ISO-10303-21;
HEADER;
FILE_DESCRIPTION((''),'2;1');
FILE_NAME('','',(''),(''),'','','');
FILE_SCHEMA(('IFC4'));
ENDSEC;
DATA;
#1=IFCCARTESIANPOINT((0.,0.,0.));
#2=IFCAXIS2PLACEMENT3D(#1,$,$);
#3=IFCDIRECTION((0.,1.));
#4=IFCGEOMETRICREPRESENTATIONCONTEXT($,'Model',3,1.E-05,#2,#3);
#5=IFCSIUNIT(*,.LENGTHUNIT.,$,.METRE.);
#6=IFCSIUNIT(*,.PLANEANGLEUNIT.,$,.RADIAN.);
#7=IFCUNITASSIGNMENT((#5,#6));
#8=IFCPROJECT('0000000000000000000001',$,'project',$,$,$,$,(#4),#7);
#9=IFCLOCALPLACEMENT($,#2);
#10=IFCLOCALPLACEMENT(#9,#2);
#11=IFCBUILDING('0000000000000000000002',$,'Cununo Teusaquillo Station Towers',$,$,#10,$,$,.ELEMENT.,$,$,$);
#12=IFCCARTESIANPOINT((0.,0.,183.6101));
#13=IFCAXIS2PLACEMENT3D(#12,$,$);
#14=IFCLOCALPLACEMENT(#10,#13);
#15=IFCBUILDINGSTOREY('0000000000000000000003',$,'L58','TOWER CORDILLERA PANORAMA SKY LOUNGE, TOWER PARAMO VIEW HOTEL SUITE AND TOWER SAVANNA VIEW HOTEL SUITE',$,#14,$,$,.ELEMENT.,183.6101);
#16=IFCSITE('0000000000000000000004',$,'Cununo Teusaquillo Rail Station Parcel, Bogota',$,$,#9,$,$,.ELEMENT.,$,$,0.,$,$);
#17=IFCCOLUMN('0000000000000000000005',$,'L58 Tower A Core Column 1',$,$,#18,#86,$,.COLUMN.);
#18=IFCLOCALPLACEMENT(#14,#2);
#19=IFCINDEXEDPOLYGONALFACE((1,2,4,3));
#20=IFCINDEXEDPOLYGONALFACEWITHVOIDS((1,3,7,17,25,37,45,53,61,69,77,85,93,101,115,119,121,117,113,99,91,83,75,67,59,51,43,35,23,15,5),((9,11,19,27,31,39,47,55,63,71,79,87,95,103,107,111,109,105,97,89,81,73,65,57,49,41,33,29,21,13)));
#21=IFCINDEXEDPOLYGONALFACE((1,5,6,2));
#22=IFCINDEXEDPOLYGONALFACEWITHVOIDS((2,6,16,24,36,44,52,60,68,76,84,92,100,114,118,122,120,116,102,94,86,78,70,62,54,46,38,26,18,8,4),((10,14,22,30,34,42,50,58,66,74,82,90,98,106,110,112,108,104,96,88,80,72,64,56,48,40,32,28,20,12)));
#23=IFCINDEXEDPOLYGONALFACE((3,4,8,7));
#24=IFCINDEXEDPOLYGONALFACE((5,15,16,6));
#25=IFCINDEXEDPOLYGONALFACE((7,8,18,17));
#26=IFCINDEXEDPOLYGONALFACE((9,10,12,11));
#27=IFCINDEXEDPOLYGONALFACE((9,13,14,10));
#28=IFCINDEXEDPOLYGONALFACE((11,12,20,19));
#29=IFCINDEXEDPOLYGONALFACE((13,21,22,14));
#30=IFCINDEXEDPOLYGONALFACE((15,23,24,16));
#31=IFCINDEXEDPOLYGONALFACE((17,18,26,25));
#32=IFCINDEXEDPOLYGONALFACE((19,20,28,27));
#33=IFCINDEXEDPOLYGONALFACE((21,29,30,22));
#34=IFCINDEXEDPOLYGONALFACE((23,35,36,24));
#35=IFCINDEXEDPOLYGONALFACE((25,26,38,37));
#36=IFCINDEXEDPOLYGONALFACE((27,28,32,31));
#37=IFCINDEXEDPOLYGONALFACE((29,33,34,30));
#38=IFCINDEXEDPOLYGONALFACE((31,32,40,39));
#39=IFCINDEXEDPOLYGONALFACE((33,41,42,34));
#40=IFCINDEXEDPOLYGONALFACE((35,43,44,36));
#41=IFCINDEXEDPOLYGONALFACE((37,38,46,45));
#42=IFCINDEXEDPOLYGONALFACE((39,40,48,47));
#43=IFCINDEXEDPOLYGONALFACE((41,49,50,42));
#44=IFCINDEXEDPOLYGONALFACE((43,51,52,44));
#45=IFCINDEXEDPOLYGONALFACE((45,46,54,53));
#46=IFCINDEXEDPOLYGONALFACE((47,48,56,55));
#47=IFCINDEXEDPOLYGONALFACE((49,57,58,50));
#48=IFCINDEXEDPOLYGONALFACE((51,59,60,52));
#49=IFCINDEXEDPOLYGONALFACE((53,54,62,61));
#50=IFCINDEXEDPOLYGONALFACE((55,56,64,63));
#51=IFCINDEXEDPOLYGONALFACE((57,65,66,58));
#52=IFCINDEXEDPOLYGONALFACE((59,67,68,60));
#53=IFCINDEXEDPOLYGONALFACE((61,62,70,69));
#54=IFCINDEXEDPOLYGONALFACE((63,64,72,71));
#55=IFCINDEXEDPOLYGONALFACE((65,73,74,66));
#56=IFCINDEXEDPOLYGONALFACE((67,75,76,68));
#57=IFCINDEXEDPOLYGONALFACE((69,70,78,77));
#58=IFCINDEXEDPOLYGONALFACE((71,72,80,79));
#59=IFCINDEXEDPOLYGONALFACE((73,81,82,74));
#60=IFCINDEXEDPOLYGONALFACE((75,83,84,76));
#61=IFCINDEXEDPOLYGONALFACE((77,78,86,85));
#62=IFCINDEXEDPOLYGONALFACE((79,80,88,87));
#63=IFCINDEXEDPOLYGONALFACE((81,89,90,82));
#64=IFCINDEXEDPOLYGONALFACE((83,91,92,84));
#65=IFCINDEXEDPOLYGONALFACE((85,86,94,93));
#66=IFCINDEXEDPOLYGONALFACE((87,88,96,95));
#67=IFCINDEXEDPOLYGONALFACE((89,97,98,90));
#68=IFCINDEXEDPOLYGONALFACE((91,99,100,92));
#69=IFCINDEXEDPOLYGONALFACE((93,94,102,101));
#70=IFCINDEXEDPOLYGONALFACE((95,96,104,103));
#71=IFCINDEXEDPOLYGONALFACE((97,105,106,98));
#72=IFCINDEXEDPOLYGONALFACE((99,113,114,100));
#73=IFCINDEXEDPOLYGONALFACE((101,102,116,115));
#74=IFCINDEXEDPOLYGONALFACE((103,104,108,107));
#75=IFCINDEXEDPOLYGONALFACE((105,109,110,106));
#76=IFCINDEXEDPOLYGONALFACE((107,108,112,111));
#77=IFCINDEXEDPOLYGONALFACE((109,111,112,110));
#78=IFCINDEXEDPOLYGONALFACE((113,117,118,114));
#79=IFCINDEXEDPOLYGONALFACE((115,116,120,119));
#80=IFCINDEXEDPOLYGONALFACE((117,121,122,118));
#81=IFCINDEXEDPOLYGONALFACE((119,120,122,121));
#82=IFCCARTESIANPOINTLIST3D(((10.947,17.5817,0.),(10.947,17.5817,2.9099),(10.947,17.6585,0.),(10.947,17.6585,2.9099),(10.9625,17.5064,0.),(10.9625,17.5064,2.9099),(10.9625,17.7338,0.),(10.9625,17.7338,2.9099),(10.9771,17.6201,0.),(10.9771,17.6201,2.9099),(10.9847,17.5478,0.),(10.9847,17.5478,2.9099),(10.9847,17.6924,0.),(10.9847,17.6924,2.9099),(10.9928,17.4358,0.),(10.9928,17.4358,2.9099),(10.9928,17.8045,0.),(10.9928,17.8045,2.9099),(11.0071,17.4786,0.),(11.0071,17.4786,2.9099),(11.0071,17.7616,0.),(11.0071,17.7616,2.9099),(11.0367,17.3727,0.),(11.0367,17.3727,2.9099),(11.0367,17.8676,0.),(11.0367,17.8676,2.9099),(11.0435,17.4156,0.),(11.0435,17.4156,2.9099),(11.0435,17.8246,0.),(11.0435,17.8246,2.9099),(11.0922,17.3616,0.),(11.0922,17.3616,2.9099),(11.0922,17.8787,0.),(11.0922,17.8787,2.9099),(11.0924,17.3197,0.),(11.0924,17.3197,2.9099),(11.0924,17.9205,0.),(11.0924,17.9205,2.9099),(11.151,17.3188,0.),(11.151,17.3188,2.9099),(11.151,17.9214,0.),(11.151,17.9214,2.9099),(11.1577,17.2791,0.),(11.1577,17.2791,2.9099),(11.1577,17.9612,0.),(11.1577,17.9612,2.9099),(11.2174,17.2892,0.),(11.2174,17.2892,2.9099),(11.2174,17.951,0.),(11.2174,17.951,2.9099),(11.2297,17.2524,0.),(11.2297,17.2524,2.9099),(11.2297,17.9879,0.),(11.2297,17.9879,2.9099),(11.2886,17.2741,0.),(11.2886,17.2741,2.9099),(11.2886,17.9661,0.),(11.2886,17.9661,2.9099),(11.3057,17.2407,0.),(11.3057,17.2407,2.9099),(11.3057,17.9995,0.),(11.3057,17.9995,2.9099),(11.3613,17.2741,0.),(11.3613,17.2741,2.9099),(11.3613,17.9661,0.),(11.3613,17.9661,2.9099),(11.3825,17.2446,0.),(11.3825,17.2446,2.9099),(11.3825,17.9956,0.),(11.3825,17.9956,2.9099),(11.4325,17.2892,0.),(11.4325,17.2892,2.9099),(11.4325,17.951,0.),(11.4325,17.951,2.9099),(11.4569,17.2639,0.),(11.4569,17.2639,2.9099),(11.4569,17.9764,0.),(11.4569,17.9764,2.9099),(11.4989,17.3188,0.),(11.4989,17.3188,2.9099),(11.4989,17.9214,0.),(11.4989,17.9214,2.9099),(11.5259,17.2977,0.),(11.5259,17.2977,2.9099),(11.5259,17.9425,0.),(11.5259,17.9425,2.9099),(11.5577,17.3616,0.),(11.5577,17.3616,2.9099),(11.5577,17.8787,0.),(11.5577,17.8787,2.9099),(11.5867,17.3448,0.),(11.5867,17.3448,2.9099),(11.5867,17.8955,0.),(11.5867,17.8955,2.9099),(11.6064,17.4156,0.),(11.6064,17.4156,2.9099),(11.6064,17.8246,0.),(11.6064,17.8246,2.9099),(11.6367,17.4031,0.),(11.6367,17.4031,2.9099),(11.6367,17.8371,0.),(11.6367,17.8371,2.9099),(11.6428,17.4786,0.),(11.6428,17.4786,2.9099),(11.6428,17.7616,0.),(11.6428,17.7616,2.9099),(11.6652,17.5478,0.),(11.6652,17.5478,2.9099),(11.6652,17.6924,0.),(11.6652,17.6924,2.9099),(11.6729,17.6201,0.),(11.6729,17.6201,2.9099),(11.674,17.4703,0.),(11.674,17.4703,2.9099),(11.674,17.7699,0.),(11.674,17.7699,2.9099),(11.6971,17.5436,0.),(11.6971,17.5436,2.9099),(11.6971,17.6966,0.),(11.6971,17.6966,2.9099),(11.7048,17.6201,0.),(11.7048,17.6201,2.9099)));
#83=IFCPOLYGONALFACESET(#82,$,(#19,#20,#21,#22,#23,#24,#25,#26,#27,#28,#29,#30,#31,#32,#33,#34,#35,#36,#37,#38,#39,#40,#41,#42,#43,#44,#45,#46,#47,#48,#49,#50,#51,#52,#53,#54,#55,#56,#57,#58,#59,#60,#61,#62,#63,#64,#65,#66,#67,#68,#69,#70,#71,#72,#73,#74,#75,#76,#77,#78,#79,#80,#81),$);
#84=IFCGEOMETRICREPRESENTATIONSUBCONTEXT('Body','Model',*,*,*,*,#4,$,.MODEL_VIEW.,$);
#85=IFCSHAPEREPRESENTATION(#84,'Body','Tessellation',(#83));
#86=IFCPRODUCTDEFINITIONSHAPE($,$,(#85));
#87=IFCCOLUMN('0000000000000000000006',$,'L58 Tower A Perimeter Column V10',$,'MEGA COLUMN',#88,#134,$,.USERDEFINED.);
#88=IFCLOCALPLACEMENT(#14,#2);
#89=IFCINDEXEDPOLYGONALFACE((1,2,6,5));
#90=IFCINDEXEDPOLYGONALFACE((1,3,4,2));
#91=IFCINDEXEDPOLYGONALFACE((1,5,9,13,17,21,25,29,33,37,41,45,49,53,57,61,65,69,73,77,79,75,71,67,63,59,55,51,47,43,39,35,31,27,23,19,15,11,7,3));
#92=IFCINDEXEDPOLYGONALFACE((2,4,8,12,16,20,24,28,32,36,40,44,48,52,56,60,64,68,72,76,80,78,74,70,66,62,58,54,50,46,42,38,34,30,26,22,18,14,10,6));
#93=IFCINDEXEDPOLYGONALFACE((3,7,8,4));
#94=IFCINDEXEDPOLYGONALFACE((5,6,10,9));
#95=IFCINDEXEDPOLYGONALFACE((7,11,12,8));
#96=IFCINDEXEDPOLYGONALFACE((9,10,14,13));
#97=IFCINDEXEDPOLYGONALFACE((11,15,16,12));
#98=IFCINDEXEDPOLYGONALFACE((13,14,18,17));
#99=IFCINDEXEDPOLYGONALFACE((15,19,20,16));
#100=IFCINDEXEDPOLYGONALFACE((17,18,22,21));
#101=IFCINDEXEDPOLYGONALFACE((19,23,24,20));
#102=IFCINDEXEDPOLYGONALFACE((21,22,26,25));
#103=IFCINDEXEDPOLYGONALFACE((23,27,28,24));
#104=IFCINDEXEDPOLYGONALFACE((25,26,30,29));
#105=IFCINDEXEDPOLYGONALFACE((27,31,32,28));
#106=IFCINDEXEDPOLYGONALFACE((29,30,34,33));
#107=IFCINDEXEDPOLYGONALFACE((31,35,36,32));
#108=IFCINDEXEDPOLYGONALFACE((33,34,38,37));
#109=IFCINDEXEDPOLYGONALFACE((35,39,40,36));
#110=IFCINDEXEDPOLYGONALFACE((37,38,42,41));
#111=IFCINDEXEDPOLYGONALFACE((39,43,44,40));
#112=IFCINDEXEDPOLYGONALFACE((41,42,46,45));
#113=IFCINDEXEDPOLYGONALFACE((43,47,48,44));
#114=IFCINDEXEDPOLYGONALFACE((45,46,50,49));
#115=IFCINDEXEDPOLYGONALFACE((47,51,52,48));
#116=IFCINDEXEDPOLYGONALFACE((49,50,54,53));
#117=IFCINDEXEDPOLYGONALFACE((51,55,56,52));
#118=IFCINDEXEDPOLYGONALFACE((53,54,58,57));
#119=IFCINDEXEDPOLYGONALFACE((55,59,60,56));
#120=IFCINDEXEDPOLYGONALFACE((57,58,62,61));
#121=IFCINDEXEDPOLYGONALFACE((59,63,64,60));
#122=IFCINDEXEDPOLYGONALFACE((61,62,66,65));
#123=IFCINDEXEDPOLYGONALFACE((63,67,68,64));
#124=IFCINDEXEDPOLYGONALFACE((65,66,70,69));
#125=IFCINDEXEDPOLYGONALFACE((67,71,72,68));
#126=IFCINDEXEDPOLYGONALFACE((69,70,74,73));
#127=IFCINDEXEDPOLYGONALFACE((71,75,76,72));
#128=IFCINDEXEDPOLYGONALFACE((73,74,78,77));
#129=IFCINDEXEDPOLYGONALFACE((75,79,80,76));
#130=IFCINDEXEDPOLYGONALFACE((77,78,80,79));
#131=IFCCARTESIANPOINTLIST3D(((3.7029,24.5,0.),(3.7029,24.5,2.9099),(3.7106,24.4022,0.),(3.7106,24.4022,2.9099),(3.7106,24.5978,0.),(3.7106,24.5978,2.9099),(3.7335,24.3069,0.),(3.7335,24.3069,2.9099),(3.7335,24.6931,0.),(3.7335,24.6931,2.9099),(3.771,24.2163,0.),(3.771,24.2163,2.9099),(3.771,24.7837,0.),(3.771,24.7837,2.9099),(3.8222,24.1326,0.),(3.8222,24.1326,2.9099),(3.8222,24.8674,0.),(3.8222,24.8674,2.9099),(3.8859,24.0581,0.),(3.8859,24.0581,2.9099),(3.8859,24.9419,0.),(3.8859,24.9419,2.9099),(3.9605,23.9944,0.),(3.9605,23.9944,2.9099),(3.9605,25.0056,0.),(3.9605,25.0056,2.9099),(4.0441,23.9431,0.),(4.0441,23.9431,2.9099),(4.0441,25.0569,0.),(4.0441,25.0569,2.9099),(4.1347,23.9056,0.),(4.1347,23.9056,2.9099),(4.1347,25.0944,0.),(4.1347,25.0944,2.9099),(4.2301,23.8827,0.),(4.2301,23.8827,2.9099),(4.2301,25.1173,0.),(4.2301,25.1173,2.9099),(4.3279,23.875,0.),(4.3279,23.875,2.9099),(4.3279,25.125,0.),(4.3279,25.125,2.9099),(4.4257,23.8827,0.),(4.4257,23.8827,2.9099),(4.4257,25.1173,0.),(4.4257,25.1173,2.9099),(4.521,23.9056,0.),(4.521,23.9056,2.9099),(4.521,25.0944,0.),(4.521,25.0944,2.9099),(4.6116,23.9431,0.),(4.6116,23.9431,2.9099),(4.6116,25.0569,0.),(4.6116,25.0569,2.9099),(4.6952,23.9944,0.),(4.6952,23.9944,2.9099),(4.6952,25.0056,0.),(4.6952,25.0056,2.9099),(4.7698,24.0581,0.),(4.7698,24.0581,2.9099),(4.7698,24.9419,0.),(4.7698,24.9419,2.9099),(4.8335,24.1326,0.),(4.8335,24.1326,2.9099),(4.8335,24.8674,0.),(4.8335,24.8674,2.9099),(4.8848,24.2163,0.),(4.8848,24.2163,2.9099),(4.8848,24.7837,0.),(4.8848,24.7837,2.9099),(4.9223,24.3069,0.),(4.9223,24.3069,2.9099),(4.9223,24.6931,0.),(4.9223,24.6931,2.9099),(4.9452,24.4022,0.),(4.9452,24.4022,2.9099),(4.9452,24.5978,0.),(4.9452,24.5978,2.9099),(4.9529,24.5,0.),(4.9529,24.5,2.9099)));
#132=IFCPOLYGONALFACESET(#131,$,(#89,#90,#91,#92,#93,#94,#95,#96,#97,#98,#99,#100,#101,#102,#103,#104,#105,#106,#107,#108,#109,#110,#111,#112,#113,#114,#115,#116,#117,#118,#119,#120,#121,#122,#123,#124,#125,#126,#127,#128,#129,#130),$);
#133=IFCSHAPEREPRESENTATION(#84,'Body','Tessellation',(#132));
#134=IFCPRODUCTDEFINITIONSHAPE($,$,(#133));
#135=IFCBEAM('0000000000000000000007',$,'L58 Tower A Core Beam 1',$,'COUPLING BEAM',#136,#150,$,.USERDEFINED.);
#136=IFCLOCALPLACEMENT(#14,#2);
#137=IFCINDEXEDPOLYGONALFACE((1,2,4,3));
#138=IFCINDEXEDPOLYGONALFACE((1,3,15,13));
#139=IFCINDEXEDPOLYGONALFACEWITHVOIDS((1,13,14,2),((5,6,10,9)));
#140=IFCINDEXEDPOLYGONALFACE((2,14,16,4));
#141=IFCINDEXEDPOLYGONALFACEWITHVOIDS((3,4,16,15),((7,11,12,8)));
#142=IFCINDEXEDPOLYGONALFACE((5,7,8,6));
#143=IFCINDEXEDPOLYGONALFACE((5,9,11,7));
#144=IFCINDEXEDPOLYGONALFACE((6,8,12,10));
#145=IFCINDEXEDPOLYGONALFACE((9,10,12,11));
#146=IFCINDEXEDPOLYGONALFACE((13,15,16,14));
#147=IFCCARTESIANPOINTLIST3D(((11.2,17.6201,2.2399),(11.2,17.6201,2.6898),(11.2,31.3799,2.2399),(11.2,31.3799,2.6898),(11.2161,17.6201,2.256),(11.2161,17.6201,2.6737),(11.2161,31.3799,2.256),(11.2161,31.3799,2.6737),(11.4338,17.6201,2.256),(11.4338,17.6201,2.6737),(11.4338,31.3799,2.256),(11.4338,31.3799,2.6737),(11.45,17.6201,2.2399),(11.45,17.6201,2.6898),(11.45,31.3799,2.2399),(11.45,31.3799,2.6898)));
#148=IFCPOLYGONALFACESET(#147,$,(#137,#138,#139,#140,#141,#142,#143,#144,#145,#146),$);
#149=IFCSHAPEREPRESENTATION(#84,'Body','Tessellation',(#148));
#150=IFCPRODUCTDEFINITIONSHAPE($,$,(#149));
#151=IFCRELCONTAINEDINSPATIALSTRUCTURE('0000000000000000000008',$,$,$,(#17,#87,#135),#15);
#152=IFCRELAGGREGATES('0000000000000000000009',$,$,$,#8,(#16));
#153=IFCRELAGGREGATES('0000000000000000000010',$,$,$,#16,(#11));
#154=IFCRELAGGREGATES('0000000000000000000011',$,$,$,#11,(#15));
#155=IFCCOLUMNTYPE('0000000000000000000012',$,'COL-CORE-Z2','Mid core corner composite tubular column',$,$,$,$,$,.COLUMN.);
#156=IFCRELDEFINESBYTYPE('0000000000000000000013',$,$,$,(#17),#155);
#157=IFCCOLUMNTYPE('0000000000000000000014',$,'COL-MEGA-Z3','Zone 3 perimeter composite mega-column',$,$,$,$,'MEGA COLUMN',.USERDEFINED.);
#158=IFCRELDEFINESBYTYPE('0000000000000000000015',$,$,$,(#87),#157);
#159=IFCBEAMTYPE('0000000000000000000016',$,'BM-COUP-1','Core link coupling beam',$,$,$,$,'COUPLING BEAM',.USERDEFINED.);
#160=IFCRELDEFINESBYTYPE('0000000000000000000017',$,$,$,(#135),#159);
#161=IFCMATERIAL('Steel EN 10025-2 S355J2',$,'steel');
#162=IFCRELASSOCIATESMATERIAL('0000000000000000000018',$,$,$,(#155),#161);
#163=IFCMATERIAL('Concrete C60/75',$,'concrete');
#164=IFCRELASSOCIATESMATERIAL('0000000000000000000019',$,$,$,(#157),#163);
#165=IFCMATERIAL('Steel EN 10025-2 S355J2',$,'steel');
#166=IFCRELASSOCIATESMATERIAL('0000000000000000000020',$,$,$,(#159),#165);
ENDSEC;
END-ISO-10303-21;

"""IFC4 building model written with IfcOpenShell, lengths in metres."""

from ifc_helpers import new_model, si_unit, direction, frame, origin, origin_2d, place, context, subcontext, project, spatial, hollow_rectangle, circle, hollow_circle, extrude, material, material_profile, profile_set, type_object, element, save


model = new_model("IFC4")

# Units and contexts
model_context = context("Model", 3, precision=1e-05, world=origin(), true_north=direction((0.0, 1.0)))
body_context = subcontext(model_context, "Body", "Model", "MODEL_VIEW")
ifc_project = project(units=[si_unit("LENGTHUNIT", "METRE"), si_unit("PLANEANGLEUNIT", "RADIAN")], contexts=[model_context])

# Site, building, storey
site_placement = place(None, origin())
site = spatial("IfcSite", under=ifc_project, at=site_placement, Name="Cununo Teusaquillo Rail Station Parcel, Bogota", CompositionType="ELEMENT", RefElevation=0.0)
building_placement = place(site_placement, origin())
building = spatial("IfcBuilding", under=site, at=building_placement, Name="Cununo Teusaquillo Station Towers", CompositionType="ELEMENT")
storey_placement = place(building_placement, frame((0.0, 0.0, 183.6101)))
storey = spatial("IfcBuildingStorey", under=building, at=storey_placement, Name="L58", Description="TOWER CORDILLERA PANORAMA SKY LOUNGE, TOWER PARAMO VIEW HOTEL SUITE AND TOWER SAVANNA VIEW HOTEL SUITE", CompositionType="ELEMENT", Elevation=183.6101)

# Columns
ifc_material_1 = material(Name="Steel EN 10025-2 S355J2", Category="steel")
ifc_material_profile_1 = material_profile(ifc_material_1, hollow_circle(Radius=0.3799, WallThickness=0.032, at=origin_2d()), Name="CHS 760x32")
ifc_profile_set_1 = profile_set([ifc_material_profile_1], Name="Steel EN 10025-2 S355J2")
column_type_1 = type_object("IfcColumnType", Name="COL-CORE-Z2", Description="Mid core corner composite tubular column", PredefinedType="COLUMN", material=ifc_profile_set_1)
column_1_placement = place(storey_placement, frame((11.325, 17.6201, 0.0), z_axis=(0.0, 0.0, 1.0), x_axis=(1.0, 0.0, 0.0)))
element("IfcColumn", 1, at=column_1_placement, inside=storey, type_object=column_type_1, Name="L58 Tower A Core Column 1", PredefinedType="COLUMN", context=body_context, shape_type="SweptSolid", body=[
    extrude(hollow_circle(Radius=0.3799, WallThickness=0.032, at=origin_2d()), origin(), (0.0, 0.0, 1.0), 2.9099),
])
ifc_material_2 = material(Name="Concrete C60/75", Category="concrete")
ifc_material_profile_2 = material_profile(ifc_material_2, circle(Radius=0.625, at=origin_2d()), Name="RC-CIRC-1250")
ifc_profile_set_2 = profile_set([ifc_material_profile_2], Name="Concrete C60/75")
column_type_2 = type_object("IfcColumnType", Name="COL-MEGA-Z3", Description="Zone 3 perimeter composite mega-column", ElementType="MEGA COLUMN", PredefinedType="USERDEFINED", material=ifc_profile_set_2)
column_2_placement = place(storey_placement, frame((4.3279, 24.5, 0.0), z_axis=(0.0, 0.0, 1.0), x_axis=(1.0, 0.0, 0.0)))
element("IfcColumn", 2, at=column_2_placement, inside=storey, type_object=column_type_2, Name="L58 Tower A Perimeter Column V10", ObjectType="MEGA COLUMN", PredefinedType="USERDEFINED", context=body_context, shape_type="SweptSolid", body=[
    extrude(circle(Radius=0.625, at=origin_2d()), origin(), (0.0, 0.0, 1.0), 2.9099),
])

# Beam
ifc_material_3 = material(Name="Steel EN 10025-2 S355J2", Category="steel")
ifc_material_profile_3 = material_profile(ifc_material_3, hollow_rectangle(XDim=0.25, YDim=0.45, WallThickness=0.0161, at=origin_2d()), Name="RHS 450x250x16")
ifc_profile_set_3 = profile_set([ifc_material_profile_3], Name="Steel EN 10025-2 S355J2")
beam_type_1 = type_object("IfcBeamType", Name="BM-COUP-1", Description="Core link coupling beam", ElementType="COUPLING BEAM", PredefinedType="USERDEFINED", material=ifc_profile_set_3)
beam_1_placement = place(storey_placement, frame((11.325, 17.6201, 2.4648), z_axis=(0.0, 1.0, 0.0), x_axis=(-1.0, 0.0, 0.0)))
element("IfcBeam", 3, at=beam_1_placement, inside=storey, type_object=beam_type_1, Name="L58 Tower A Core Beam 1", ObjectType="COUPLING BEAM", PredefinedType="USERDEFINED", context=body_context, shape_type="SweptSolid", body=[
    extrude(hollow_rectangle(XDim=0.25, YDim=0.45, WallThickness=0.0161, at=origin_2d()), origin(), (0.0, 0.0, 1.0), 13.7598),
])

save(model, "model.ifc")
